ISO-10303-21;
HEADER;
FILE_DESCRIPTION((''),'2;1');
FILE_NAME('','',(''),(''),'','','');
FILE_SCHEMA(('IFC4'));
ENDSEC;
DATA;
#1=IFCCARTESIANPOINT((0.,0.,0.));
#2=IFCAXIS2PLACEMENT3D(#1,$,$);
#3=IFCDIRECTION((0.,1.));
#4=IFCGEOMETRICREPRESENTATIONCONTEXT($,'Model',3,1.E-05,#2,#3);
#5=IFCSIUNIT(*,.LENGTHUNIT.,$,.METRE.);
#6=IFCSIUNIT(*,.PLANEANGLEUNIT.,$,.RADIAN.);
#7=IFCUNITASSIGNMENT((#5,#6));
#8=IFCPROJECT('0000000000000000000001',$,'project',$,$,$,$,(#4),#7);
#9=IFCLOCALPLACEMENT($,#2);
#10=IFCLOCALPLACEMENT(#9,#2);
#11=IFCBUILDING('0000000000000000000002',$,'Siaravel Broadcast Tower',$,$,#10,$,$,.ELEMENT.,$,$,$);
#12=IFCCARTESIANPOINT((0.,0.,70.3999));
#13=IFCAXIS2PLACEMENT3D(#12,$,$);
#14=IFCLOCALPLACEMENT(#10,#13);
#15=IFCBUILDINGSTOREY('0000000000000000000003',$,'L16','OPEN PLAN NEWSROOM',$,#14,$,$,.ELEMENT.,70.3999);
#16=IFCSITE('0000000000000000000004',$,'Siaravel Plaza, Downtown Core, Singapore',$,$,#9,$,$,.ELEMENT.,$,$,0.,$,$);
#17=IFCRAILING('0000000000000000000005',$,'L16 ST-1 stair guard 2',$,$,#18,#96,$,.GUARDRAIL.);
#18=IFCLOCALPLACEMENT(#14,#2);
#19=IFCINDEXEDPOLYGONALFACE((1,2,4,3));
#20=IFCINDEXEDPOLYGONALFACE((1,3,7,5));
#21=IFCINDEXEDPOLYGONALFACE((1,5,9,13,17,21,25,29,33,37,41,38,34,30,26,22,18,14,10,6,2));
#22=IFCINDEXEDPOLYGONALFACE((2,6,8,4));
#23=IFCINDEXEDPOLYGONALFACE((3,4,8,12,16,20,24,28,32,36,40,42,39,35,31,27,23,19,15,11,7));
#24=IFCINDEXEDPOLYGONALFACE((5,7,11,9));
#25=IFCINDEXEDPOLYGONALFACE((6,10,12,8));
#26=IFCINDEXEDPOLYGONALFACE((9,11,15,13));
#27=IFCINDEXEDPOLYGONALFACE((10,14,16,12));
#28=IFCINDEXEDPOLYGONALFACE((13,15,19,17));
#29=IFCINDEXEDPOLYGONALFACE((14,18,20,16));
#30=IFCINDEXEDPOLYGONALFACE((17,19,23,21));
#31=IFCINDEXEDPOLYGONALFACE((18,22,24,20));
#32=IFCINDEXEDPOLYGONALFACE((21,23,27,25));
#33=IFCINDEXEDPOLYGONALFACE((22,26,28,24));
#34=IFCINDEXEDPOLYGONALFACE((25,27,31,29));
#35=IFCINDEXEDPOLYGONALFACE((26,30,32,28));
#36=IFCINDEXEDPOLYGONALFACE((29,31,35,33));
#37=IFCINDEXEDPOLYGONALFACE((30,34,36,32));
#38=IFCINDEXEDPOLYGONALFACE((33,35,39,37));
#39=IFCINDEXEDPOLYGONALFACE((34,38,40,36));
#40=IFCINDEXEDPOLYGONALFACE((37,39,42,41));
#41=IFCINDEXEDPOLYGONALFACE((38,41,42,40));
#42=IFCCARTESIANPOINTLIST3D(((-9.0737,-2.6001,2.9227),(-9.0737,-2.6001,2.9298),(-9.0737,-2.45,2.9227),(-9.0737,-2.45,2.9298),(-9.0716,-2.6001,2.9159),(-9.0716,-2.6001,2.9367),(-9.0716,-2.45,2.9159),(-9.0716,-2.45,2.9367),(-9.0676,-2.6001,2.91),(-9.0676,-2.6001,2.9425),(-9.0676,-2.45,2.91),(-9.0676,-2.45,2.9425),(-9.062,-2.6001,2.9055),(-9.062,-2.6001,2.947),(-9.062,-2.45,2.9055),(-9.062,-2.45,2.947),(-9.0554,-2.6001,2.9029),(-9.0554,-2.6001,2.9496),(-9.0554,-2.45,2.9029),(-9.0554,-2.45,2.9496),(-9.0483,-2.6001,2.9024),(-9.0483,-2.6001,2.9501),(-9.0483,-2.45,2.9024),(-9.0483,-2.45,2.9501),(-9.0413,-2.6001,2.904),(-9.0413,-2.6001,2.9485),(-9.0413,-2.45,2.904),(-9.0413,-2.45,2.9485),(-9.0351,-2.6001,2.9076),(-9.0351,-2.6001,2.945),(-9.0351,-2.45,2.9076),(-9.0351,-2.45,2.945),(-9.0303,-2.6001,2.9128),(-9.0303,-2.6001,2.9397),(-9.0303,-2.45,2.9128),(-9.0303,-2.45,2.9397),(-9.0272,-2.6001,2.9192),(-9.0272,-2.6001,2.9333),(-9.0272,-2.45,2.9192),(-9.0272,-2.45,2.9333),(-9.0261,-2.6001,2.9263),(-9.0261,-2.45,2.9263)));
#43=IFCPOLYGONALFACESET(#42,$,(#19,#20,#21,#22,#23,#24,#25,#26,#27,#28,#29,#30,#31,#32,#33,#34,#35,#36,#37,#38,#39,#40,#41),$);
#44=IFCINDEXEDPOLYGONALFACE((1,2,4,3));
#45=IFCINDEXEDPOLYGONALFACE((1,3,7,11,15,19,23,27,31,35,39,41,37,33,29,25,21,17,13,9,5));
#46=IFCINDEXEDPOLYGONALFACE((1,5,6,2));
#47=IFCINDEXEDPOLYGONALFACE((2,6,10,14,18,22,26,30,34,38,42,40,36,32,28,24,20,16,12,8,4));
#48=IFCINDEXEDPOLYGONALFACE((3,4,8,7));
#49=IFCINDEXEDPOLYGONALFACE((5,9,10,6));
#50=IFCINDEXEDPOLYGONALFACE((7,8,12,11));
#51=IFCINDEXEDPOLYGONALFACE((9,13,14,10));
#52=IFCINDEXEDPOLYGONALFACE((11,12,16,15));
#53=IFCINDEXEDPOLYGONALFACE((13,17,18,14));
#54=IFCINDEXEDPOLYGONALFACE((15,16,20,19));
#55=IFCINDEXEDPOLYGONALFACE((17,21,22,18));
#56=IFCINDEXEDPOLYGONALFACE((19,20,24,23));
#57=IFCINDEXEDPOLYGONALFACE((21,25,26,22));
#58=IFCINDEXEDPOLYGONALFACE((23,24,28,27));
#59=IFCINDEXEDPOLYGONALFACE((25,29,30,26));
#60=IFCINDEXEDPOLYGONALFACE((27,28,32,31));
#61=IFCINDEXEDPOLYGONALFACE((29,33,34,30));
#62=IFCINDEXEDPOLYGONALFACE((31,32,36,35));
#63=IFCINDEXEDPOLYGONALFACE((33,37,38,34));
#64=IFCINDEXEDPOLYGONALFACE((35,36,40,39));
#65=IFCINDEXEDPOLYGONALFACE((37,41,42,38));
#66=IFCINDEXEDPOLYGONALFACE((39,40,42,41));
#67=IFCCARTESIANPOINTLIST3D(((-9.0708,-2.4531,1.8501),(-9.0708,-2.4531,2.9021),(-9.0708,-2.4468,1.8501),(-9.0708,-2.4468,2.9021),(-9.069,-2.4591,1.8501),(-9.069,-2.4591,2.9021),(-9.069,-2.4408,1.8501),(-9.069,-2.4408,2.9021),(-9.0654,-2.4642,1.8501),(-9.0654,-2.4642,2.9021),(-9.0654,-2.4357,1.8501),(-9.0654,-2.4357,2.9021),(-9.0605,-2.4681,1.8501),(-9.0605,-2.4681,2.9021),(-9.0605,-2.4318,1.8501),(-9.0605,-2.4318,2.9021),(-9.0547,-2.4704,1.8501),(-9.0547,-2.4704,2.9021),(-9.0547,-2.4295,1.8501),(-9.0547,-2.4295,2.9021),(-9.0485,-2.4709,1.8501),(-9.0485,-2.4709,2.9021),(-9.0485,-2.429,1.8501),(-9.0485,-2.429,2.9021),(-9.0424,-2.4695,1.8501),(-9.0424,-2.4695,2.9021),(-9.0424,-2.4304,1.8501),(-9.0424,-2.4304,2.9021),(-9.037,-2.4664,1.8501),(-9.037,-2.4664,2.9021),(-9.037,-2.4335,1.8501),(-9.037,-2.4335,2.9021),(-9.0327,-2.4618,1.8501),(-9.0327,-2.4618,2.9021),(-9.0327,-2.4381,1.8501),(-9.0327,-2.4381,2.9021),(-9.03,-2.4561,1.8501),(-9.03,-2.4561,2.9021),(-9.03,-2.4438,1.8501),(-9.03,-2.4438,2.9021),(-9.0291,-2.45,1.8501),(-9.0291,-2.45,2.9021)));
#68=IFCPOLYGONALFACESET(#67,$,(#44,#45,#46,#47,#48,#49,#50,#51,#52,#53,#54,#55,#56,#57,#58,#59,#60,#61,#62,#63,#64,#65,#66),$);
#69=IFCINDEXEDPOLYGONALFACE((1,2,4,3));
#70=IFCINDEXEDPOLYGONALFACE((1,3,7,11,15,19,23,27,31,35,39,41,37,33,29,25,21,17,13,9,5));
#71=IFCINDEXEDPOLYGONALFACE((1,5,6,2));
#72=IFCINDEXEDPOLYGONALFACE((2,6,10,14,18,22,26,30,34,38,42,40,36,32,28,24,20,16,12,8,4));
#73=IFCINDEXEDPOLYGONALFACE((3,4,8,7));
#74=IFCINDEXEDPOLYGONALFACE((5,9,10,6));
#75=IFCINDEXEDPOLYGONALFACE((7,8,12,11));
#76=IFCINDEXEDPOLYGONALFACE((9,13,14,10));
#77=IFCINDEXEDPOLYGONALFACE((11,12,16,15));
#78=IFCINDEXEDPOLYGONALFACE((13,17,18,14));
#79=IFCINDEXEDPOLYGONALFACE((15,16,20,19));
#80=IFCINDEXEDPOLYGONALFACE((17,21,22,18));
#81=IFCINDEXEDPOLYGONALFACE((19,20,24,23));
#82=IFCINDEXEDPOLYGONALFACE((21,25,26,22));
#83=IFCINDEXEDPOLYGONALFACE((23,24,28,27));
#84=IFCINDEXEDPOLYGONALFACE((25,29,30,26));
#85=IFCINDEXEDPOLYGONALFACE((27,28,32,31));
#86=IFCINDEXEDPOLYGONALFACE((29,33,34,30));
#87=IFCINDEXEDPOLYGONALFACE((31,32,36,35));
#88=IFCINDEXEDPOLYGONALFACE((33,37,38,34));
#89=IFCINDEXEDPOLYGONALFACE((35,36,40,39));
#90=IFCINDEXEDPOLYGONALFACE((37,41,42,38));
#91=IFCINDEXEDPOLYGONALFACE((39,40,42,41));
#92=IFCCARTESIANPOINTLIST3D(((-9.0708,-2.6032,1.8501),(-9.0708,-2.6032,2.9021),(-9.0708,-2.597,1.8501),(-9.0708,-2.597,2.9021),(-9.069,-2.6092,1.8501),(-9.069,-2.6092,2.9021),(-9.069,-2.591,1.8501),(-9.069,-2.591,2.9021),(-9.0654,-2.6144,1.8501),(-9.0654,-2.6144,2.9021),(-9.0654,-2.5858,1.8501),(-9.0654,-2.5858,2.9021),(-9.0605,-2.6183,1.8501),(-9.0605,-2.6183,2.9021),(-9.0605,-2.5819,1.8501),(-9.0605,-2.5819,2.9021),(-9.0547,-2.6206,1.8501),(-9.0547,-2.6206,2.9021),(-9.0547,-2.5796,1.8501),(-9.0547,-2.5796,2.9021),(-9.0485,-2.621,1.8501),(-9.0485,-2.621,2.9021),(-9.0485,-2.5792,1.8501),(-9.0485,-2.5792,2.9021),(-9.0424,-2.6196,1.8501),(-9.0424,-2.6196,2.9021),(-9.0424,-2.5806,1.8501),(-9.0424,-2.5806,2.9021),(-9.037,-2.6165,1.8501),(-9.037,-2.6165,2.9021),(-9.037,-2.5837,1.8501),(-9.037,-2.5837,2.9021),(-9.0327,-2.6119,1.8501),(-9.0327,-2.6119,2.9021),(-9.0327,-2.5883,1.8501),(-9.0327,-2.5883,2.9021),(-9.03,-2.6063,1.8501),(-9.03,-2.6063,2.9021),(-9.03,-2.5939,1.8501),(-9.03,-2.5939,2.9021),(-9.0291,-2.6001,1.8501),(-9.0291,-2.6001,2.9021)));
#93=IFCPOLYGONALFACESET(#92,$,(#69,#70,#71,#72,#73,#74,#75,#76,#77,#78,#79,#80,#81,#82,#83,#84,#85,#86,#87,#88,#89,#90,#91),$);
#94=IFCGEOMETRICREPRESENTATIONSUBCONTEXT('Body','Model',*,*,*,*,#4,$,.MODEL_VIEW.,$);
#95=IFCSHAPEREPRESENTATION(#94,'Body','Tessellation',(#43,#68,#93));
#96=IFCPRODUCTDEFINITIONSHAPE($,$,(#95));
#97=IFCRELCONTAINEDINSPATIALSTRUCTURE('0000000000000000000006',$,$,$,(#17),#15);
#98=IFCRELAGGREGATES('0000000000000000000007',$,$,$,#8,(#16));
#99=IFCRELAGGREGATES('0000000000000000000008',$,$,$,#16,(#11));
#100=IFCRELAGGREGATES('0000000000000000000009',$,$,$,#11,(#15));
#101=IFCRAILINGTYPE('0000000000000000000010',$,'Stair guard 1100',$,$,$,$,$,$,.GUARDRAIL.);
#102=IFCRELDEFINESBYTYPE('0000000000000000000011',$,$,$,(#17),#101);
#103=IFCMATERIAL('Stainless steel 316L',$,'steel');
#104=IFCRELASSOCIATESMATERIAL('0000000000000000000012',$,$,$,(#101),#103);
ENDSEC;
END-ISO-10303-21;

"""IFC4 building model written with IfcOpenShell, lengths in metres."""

from ifc_helpers import new_model, si_unit, direction, frame, origin, origin_2d, place, context, subcontext, project, spatial, circle, extrude, material, type_object, element, save


model = new_model("IFC4")

# Units and contexts
model_context = context("Model", 3, precision=1e-05, world=origin(), true_north=direction((0.0, 1.0)))
body_context = subcontext(model_context, "Body", "Model", "MODEL_VIEW")
ifc_project = project(units=[si_unit("LENGTHUNIT", "METRE"), si_unit("PLANEANGLEUNIT", "RADIAN")], contexts=[model_context])

# Site, building, storey
site_placement = place(None, origin())
site = spatial("IfcSite", under=ifc_project, at=site_placement, Name="Siaravel Plaza, Downtown Core, Singapore", CompositionType="ELEMENT", RefElevation=0.0)
building_placement = place(site_placement, origin())
building = spatial("IfcBuilding", under=site, at=building_placement, Name="Siaravel Broadcast Tower", CompositionType="ELEMENT")
storey_placement = place(building_placement, frame((0.0, 0.0, 70.3999)))
storey = spatial("IfcBuildingStorey", under=building, at=storey_placement, Name="L16", Description="OPEN PLAN NEWSROOM", CompositionType="ELEMENT", Elevation=70.3999)

# Shared definitions
ifc_material_1 = material(Name="Stainless steel 316L", Category="steel")

# Railing
railing_type_1 = type_object("IfcRailingType", Name="Stair guard 1100", PredefinedType="GUARDRAIL", material=ifc_material_1)
railing_1_placement = place(storey_placement, frame((-9.05, -2.45, 1.8501)))
element("IfcRailing", 1, at=railing_1_placement, inside=storey, type_object=railing_type_1, Name="L16 ST-1 stair guard 2", PredefinedType="GUARDRAIL", context=body_context, shape_type="SweptSolid", body=[
    extrude(circle(Radius=0.0239, at=origin_2d()), frame((0.0, 0.0, 1.0762), z_axis=(0.0, -1.0, 0.0), x_axis=(1.0, 0.0, 0.0)), (0.0, 0.0, 1.0), 0.1501),
    extrude(circle(Radius=0.021, at=origin_2d()), origin(), (0.0, 0.0, 1.0), 1.052),
    extrude(circle(Radius=0.021, at=origin_2d()), frame((0.0, -0.1501, 0.0)), (0.0, 0.0, 1.0), 1.052),
])

save(model, "model.ifc")
